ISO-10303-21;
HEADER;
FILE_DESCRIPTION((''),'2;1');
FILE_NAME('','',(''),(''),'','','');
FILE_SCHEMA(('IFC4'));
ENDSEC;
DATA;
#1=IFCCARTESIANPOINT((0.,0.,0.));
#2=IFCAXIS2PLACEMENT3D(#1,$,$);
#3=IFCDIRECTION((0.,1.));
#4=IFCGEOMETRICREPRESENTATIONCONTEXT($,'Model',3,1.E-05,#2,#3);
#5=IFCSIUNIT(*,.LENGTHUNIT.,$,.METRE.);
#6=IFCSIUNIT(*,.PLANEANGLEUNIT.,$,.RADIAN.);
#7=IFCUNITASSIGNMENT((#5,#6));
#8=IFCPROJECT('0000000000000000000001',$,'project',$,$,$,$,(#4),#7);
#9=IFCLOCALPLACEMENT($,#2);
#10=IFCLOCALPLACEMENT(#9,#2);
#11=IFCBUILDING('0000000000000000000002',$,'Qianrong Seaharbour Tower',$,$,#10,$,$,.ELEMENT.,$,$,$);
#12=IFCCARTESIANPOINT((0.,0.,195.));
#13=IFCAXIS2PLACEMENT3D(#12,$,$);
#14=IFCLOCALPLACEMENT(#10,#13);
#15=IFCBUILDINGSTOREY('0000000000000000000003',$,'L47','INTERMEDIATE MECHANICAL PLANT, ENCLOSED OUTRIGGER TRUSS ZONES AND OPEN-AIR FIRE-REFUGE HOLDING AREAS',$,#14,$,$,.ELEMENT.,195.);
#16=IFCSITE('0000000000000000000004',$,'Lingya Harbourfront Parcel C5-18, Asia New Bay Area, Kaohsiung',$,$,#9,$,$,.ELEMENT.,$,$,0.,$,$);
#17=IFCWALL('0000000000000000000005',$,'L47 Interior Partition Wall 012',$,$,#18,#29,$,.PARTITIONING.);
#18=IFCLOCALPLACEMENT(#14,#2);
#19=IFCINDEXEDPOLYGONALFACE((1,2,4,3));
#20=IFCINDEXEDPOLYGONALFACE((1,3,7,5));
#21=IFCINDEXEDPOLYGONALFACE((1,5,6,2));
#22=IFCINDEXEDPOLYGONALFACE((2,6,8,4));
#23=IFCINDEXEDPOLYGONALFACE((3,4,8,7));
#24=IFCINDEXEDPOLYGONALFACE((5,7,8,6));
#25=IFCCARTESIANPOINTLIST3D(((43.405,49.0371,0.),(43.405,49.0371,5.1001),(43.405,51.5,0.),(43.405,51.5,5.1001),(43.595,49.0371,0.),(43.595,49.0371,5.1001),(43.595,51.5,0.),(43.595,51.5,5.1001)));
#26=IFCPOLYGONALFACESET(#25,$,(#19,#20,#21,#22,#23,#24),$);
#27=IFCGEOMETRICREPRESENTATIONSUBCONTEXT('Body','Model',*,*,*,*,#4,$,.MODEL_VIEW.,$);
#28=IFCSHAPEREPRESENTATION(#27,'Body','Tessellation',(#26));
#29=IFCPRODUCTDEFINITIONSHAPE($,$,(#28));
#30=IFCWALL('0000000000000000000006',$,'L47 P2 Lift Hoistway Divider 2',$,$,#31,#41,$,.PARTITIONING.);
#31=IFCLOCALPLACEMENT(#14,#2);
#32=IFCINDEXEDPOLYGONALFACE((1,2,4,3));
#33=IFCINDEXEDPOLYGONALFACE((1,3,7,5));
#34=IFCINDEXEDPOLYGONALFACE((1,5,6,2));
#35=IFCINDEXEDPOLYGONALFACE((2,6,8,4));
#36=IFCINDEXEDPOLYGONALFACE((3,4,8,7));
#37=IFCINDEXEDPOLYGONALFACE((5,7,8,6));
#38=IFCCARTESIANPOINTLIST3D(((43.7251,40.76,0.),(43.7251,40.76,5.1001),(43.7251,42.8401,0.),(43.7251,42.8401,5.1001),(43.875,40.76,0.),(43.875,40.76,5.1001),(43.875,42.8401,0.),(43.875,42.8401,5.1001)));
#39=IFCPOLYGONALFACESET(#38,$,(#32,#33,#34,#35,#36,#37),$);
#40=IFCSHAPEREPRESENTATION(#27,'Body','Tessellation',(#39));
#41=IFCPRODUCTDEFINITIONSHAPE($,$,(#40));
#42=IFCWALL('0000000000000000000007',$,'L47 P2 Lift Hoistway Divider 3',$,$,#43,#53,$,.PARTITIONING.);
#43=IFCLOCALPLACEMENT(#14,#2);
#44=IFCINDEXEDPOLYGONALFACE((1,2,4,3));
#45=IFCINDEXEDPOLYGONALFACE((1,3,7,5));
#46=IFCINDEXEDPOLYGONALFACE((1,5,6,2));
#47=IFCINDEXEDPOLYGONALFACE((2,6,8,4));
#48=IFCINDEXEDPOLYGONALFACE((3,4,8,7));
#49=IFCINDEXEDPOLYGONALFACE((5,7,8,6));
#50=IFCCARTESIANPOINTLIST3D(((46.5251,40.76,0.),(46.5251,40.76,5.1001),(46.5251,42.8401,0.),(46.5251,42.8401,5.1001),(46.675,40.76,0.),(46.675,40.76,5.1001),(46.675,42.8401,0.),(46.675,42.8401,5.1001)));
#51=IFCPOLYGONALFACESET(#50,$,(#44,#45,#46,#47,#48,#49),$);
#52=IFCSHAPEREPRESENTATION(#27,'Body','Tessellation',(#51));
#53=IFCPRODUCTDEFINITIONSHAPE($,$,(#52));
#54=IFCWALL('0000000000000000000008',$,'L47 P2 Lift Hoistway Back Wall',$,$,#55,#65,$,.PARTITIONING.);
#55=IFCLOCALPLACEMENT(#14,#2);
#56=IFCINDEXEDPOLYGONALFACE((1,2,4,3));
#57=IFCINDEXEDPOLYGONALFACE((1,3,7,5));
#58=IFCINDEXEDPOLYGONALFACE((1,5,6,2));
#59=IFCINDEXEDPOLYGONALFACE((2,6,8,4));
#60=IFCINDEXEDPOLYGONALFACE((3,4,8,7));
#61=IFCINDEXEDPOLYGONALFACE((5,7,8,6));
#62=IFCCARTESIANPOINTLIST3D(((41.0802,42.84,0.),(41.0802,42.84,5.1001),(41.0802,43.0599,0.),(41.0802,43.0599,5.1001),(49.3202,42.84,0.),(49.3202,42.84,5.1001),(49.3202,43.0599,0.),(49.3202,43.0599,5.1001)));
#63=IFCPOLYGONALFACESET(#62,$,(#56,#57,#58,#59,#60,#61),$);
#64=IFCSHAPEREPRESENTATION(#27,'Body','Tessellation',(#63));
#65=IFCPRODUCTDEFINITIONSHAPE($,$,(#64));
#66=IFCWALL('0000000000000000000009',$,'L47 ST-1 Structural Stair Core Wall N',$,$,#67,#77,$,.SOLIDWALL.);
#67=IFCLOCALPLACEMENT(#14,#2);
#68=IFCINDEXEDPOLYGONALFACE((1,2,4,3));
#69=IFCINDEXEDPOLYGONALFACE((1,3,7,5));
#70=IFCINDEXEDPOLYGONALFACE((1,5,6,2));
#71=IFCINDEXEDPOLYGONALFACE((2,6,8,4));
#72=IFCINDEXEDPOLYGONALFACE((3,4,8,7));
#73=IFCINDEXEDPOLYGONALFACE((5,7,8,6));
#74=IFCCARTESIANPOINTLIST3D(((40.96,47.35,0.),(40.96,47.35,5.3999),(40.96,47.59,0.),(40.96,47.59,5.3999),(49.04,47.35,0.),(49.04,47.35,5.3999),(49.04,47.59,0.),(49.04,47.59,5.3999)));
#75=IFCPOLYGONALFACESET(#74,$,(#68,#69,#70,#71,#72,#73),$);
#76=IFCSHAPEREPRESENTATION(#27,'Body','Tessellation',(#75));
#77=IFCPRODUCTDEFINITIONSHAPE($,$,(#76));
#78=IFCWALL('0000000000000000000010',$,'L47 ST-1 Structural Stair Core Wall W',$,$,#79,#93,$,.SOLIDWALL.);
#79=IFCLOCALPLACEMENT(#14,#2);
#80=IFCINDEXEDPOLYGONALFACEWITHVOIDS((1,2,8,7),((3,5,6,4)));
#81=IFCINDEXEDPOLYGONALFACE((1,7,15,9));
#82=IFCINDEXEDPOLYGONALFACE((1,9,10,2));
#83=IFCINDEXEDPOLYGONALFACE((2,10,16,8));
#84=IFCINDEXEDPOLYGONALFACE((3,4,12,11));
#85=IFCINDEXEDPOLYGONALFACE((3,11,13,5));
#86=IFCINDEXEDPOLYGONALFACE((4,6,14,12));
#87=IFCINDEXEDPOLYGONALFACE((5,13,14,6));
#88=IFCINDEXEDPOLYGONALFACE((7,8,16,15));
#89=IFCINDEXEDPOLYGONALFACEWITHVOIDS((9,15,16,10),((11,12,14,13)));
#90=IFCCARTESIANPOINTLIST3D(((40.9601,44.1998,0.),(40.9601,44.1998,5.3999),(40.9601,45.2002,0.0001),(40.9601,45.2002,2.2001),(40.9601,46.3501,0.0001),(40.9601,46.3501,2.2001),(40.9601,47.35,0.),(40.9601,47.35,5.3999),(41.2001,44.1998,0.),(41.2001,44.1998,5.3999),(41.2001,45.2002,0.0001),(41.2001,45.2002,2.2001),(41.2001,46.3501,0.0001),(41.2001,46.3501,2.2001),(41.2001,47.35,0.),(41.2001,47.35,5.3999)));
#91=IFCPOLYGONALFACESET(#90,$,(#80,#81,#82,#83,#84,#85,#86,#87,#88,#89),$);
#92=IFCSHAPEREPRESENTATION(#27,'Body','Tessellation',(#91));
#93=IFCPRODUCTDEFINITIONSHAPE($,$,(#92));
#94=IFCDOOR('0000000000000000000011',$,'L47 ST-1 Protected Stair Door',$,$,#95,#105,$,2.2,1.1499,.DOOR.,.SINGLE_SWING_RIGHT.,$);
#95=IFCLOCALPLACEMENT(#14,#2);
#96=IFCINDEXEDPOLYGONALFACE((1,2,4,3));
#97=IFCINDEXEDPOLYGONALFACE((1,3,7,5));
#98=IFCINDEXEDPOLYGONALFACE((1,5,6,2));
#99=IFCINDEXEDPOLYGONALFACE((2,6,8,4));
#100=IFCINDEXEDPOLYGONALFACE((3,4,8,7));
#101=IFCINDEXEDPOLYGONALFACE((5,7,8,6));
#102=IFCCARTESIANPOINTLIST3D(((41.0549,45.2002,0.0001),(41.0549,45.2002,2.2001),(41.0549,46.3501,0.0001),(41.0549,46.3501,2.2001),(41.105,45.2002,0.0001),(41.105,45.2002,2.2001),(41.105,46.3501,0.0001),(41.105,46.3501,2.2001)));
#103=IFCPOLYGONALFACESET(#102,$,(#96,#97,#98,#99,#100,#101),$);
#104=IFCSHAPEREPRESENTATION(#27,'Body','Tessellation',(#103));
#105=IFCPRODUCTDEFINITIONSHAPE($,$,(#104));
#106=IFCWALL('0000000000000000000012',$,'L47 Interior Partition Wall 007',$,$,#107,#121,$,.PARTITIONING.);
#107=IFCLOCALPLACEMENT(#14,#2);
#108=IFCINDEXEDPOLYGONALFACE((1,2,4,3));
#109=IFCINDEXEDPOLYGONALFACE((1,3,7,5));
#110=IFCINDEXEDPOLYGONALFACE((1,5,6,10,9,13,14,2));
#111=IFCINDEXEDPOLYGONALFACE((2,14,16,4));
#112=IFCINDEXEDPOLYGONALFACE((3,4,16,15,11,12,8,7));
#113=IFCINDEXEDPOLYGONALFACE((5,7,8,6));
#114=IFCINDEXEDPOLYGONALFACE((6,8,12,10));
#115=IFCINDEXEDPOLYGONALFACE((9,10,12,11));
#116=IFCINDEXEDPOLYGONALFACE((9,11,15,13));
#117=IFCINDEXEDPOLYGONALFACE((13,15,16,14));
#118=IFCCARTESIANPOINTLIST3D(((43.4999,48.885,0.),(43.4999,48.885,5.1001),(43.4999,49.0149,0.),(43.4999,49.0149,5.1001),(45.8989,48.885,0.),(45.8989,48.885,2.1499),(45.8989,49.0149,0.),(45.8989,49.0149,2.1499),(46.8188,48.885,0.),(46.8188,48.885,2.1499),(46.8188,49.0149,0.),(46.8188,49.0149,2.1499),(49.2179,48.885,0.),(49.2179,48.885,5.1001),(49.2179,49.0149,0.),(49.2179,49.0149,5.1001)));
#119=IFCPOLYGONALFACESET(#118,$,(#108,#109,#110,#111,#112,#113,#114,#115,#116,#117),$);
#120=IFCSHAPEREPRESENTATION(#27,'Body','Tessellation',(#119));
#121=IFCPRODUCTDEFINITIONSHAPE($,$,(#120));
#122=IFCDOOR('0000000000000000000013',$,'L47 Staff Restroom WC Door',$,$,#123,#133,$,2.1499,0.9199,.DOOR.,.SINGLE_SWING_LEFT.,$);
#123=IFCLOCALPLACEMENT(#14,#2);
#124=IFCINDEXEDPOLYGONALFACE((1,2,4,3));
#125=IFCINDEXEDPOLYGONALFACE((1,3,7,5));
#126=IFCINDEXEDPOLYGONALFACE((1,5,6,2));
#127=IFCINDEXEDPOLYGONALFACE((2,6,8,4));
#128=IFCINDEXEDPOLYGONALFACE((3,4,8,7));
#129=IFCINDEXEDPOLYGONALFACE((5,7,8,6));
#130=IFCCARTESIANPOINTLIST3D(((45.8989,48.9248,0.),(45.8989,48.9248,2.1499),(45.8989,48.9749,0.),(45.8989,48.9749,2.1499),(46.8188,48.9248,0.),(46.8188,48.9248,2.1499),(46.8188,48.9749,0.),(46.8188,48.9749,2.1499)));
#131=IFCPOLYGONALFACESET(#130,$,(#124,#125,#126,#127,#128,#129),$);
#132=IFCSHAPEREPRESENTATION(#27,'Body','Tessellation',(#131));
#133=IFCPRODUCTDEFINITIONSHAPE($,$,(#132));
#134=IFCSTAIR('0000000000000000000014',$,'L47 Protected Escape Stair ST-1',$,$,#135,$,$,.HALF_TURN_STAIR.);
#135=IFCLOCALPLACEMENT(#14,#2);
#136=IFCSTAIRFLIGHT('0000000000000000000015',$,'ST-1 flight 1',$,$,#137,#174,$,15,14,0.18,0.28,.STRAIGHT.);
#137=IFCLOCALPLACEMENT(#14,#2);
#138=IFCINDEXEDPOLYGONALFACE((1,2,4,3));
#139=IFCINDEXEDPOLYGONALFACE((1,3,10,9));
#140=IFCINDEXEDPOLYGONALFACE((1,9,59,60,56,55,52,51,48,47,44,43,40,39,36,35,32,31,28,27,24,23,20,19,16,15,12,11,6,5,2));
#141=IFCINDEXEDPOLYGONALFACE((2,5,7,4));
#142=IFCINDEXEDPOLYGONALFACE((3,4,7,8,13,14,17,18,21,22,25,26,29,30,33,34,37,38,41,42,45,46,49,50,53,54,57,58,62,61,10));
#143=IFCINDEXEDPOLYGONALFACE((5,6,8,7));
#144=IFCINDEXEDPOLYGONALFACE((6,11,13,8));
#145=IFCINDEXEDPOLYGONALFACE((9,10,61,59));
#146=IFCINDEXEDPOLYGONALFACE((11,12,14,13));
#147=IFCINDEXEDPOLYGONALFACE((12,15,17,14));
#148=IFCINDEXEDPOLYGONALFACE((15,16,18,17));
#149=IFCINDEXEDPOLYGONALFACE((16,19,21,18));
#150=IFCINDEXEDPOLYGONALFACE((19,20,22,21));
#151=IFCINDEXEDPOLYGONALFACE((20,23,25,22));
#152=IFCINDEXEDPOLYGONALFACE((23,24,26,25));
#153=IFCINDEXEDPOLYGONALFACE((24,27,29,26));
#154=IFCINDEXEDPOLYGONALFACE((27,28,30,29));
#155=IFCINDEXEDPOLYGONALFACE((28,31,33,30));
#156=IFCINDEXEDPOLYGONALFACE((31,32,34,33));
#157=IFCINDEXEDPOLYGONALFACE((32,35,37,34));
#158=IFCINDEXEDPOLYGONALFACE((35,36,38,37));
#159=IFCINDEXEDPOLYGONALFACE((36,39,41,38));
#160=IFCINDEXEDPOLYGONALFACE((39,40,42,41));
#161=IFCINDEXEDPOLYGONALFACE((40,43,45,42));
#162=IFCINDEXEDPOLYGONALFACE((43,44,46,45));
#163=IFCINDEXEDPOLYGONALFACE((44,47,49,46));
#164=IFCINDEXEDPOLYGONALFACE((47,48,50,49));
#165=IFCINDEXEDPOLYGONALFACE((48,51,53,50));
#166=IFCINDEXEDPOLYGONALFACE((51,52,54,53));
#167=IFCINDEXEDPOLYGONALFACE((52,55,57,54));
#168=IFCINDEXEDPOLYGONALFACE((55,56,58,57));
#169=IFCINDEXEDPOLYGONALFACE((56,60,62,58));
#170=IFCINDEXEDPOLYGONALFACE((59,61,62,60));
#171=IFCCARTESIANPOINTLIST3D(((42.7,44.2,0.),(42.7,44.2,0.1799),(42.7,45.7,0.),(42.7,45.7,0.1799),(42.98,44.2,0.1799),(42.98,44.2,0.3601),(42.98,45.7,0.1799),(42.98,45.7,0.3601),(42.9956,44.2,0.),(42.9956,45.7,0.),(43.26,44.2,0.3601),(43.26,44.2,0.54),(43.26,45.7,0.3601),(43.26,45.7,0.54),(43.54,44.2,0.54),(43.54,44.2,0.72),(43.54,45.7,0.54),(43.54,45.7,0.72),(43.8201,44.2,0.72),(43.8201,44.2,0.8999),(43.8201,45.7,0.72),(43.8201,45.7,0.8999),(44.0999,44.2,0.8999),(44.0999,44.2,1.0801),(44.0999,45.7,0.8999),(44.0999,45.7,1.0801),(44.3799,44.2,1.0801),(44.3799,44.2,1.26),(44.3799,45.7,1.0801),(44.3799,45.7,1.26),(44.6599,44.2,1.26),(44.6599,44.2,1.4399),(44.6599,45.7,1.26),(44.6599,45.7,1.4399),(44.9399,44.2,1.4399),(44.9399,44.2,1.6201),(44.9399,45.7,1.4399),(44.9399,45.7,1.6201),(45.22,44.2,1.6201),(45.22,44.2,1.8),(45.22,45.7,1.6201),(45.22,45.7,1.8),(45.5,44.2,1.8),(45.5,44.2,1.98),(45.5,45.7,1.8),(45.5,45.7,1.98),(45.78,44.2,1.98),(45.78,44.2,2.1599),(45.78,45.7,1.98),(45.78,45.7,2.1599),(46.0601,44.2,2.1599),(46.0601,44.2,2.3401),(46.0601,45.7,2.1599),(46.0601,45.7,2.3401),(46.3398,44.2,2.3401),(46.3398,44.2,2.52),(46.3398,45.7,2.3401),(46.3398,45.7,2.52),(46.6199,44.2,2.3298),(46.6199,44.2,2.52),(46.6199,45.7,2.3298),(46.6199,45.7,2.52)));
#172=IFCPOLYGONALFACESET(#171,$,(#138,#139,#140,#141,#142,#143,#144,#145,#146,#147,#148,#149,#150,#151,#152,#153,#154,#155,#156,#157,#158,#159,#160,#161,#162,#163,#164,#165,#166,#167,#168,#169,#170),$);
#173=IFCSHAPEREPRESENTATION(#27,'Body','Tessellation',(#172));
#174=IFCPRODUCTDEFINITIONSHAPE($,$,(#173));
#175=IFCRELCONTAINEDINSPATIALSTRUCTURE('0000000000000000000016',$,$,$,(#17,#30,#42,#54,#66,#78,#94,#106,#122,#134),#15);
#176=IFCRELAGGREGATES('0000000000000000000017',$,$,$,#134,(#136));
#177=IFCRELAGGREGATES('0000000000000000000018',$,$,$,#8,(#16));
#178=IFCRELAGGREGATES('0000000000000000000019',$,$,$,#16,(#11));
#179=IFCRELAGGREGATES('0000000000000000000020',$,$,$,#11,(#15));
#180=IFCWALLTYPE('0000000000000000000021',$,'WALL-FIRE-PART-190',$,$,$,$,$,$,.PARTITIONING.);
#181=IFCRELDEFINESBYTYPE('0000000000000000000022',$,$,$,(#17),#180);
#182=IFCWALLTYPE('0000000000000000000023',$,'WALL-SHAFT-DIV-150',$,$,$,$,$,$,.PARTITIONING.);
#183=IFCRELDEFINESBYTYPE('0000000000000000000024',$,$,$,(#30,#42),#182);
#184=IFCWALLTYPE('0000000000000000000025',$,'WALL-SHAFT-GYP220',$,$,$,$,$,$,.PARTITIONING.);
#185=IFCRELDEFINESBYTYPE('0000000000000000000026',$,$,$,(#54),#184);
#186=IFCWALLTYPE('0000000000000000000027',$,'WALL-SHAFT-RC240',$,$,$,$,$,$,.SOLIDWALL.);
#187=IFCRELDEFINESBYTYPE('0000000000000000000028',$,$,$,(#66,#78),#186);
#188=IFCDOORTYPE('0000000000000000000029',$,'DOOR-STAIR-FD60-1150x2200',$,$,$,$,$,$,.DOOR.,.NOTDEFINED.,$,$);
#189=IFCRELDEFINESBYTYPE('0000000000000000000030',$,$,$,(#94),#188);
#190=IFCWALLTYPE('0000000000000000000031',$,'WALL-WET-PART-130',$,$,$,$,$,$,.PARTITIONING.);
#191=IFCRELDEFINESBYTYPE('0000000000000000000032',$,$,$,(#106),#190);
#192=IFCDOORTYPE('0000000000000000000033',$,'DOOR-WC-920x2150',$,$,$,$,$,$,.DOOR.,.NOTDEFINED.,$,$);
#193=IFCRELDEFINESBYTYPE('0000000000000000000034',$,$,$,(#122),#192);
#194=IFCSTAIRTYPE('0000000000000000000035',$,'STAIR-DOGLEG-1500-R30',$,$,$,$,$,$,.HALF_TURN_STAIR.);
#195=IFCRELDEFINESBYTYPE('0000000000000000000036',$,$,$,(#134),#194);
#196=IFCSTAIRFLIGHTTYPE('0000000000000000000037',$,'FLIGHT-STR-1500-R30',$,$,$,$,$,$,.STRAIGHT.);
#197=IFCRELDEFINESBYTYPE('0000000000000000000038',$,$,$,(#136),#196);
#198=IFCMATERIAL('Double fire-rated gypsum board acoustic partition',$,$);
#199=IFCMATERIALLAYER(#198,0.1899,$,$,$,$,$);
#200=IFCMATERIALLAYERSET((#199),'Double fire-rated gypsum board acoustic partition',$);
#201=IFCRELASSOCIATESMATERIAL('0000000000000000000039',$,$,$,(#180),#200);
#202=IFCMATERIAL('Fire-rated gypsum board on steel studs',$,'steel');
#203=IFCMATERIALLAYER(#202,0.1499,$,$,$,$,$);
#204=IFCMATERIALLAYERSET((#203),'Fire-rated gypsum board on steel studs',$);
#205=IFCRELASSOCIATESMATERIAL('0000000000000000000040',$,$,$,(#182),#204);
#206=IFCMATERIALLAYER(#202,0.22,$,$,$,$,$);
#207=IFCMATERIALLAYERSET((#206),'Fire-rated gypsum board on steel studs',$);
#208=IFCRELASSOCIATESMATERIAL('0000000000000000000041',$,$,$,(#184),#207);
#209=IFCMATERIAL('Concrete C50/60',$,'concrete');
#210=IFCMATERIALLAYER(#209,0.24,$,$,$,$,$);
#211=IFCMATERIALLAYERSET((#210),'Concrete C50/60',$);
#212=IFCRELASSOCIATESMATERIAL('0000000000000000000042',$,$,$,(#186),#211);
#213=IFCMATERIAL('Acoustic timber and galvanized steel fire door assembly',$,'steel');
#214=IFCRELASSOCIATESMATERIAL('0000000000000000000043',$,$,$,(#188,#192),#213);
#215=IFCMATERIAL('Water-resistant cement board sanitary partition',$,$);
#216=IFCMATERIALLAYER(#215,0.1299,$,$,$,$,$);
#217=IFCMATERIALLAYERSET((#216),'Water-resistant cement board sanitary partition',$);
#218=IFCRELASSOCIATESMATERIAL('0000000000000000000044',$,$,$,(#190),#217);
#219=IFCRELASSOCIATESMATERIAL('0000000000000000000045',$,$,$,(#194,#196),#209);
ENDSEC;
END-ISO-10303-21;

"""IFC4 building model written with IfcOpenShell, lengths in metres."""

from ifc_helpers import new_model, si_unit, direction, frame, frame_2d, origin, place, context, subcontext, project, spatial, polyline, rectangle, outline, extrude, material, layer, layer_set, type_object, element, fill, aggregate, save


model = new_model("IFC4")

# Units and contexts
model_context = context("Model", 3, precision=1e-05, world=origin(), true_north=direction((0.0, 1.0)))
body_context = subcontext(model_context, "Body", "Model", "MODEL_VIEW")
ifc_project = project(units=[si_unit("LENGTHUNIT", "METRE"), si_unit("PLANEANGLEUNIT", "RADIAN")], contexts=[model_context])

# Site, building, storey
site_placement = place(None, origin())
site = spatial("IfcSite", under=ifc_project, at=site_placement, Name="Lingya Harbourfront Parcel C5-18, Asia New Bay Area, Kaohsiung", CompositionType="ELEMENT", RefElevation=0.0)
building_placement = place(site_placement, origin())
building = spatial("IfcBuilding", under=site, at=building_placement, Name="Qianrong Seaharbour Tower", CompositionType="ELEMENT")
storey_placement = place(building_placement, frame((0.0, 0.0, 195.0)))
storey = spatial("IfcBuildingStorey", under=building, at=storey_placement, Name="L47", Description="INTERMEDIATE MECHANICAL PLANT, ENCLOSED OUTRIGGER TRUSS ZONES AND OPEN-AIR FIRE-REFUGE HOLDING AREAS", CompositionType="ELEMENT", Elevation=195.0)

# Shared definitions
ifc_material_1 = material(Name="Double fire-rated gypsum board acoustic partition")
ifc_layer_1 = layer(ifc_material_1, 0.1899)
ifc_layer_set_1 = layer_set([ifc_layer_1], Name="Double fire-rated gypsum board acoustic partition")
wall_type_1 = type_object("IfcWallType", Name="WALL-FIRE-PART-190", PredefinedType="PARTITIONING", material=ifc_layer_set_1)
ifc_material_2 = material(Name="Acoustic timber and galvanized steel fire door assembly", Category="steel")

# Walls
wall_1_placement = place(storey_placement, frame((43.5, 51.5, 0.0), z_axis=(0.0, 0.0, 1.0), x_axis=(0.0, -1.0, 0.0)))
element("IfcWall", 1, at=wall_1_placement, inside=storey, type_object=wall_type_1, Name="L47 Interior Partition Wall 012", PredefinedType="PARTITIONING", context=body_context, shape_type="SweptSolid", body=[
    extrude(rectangle(XDim=2.4629, YDim=0.1899, at=frame_2d((1.2314, 0.0))), origin(), (0.0, 0.0, 1.0), 5.1001),
])
ifc_material_3 = material(Name="Fire-rated gypsum board on steel studs", Category="steel")
ifc_layer_2 = layer(ifc_material_3, 0.1499)
ifc_layer_set_2 = layer_set([ifc_layer_2], Name="Fire-rated gypsum board on steel studs")
wall_type_2 = type_object("IfcWallType", Name="WALL-SHAFT-DIV-150", PredefinedType="PARTITIONING", material=ifc_layer_set_2)
for number, where, z_axis, x_axis, name in (
    (2, (43.8, 40.76, 0.0), (0.0, 0.0, 1.0), (0.0, 1.0, 0.0), "L47 P2 Lift Hoistway Divider 2"),
    (3, (46.6001, 40.76, 0.0), (0.0, 0.0, 1.0), (0.0, 1.0, 0.0), "L47 P2 Lift Hoistway Divider 3"),
):
    element("IfcWall", number, at=place(storey_placement, frame(where, z_axis=z_axis, x_axis=x_axis)), inside=storey, type_object=wall_type_2, Name=name, PredefinedType="PARTITIONING", context=body_context, shape_type="SweptSolid", body=[
        extrude(rectangle(XDim=2.0801, YDim=0.1499, at=frame_2d((1.04, 0.0))), origin(), (0.0, 0.0, 1.0), 5.1001),
    ])
ifc_layer_3 = layer(ifc_material_3, 0.22)
ifc_layer_set_3 = layer_set([ifc_layer_3], Name="Fire-rated gypsum board on steel studs")
wall_type_3 = type_object("IfcWallType", Name="WALL-SHAFT-GYP220", PredefinedType="PARTITIONING", material=ifc_layer_set_3)
wall_2_placement = place(storey_placement, frame((41.0801, 42.95, 0.0), z_axis=(0.0, 0.0, 1.0), x_axis=(1.0, 0.0, 0.0)))
element("IfcWall", 4, at=wall_2_placement, inside=storey, type_object=wall_type_3, Name="L47 P2 Lift Hoistway Back Wall", PredefinedType="PARTITIONING", context=body_context, shape_type="SweptSolid", body=[
    extrude(rectangle(XDim=8.24, YDim=0.22, at=frame_2d((4.1201, 0.0))), origin(), (0.0, 0.0, 1.0), 5.1001),
])
ifc_material_4 = material(Name="Concrete C50/60", Category="concrete")
ifc_layer_4 = layer(ifc_material_4, 0.24)
ifc_layer_set_4 = layer_set([ifc_layer_4], Name="Concrete C50/60")
wall_type_4 = type_object("IfcWallType", Name="WALL-SHAFT-RC240", PredefinedType="SOLIDWALL", material=ifc_layer_set_4)
wall_3_placement = place(storey_placement, frame((40.96, 47.47, 0.0), z_axis=(0.0, 0.0, 1.0), x_axis=(1.0, 0.0, 0.0)))
element("IfcWall", 5, at=wall_3_placement, inside=storey, type_object=wall_type_4, Name="L47 ST-1 Structural Stair Core Wall N", PredefinedType="SOLIDWALL", context=body_context, shape_type="SweptSolid", body=[
    extrude(rectangle(XDim=8.0801, YDim=0.24, at=frame_2d((4.04, 0.0))), origin(), (0.0, 0.0, 1.0), 5.3999),
])

# Walls, openings, doors
wall_4_placement = place(storey_placement, frame((41.0801, 47.3501, 0.0), z_axis=(0.0, 0.0, 1.0), x_axis=(0.0, -1.0, 0.0)))
wall_4 = element("IfcWall", 6, at=wall_4_placement, inside=storey, type_object=wall_type_4, Name="L47 ST-1 Structural Stair Core Wall W", PredefinedType="SOLIDWALL", context=body_context, shape_type="SweptSolid", body=[
    extrude(rectangle(XDim=3.1501, YDim=0.24, at=frame_2d((1.5752, 0.0))), origin(), (0.0, 0.0, 1.0), 5.3999),
])
opening_1_placement = place(wall_4_placement, frame((1.0, 0.0, 0.0)))
opening_1 = element("IfcOpeningElement", 7, at=opening_1_placement, cuts=wall_4, PredefinedType="OPENING", context=body_context, shape_type="SweptSolid", body=[
    extrude(rectangle(XDim=1.1499, YDim=2.2, at=frame_2d((0.575, 1.1001))), frame((0.0, 0.1299, 0.0), z_axis=(0.0, -1.0, 0.0), x_axis=(1.0, 0.0, 0.0)), (0.0, 0.0, 1.0), 0.26),
])
door_type_1 = type_object("IfcDoorType", Name="DOOR-STAIR-FD60-1150x2200", OperationType="NOTDEFINED", PredefinedType="DOOR", material=ifc_material_2)
door_1_placement = place(opening_1_placement, origin())
door_1 = element("IfcDoor", 8, at=door_1_placement, inside=storey, type_object=door_type_1, Name="L47 ST-1 Protected Stair Door", OperationType="SINGLE_SWING_RIGHT", OverallHeight=2.2, OverallWidth=1.1499, PredefinedType="DOOR", context=body_context, shape_type="SweptSolid", body=[
    extrude(rectangle(XDim=1.1499, YDim=2.2, at=frame_2d((0.575, 1.1001))), frame((0.0, 0.0249, 0.0), z_axis=(0.0, -1.0, 0.0), x_axis=(1.0, 0.0, 0.0)), (0.0, 0.0, 1.0), 0.05),
])
fill(opening_1, door_1)
ifc_material_5 = material(Name="Water-resistant cement board sanitary partition")
ifc_layer_5 = layer(ifc_material_5, 0.1299)
ifc_layer_set_5 = layer_set([ifc_layer_5], Name="Water-resistant cement board sanitary partition")
wall_type_5 = type_object("IfcWallType", Name="WALL-WET-PART-130", PredefinedType="PARTITIONING", material=ifc_layer_set_5)
wall_5_placement = place(storey_placement, frame((43.5, 48.95, 0.0), z_axis=(0.0, 0.0, 1.0), x_axis=(1.0, 0.0, 0.0)))
wall_5 = element("IfcWall", 9, at=wall_5_placement, inside=storey, type_object=wall_type_5, Name="L47 Interior Partition Wall 007", PredefinedType="PARTITIONING", context=body_context, shape_type="SweptSolid", body=[
    extrude(rectangle(XDim=5.718, YDim=0.1299, at=frame_2d((2.8589, 0.0))), origin(), (0.0, 0.0, 1.0), 5.1001),
])
opening_2_placement = place(wall_5_placement, frame((2.3989, 0.0, 0.0)))
opening_2 = element("IfcOpeningElement", 10, at=opening_2_placement, cuts=wall_5, PredefinedType="OPENING", context=body_context, shape_type="SweptSolid", body=[
    extrude(rectangle(XDim=0.9199, YDim=2.1499, at=frame_2d((0.46, 1.075))), frame((0.0, 0.075, 0.0), z_axis=(0.0, -1.0, 0.0), x_axis=(1.0, 0.0, 0.0)), (0.0, 0.0, 1.0), 0.1499),
])
door_type_2 = type_object("IfcDoorType", Name="DOOR-WC-920x2150", OperationType="NOTDEFINED", PredefinedType="DOOR", material=ifc_material_2)
door_2_placement = place(opening_2_placement, origin())
door_2 = element("IfcDoor", 11, at=door_2_placement, inside=storey, type_object=door_type_2, Name="L47 Staff Restroom WC Door", OperationType="SINGLE_SWING_LEFT", OverallHeight=2.1499, OverallWidth=0.9199, PredefinedType="DOOR", context=body_context, shape_type="SweptSolid", body=[
    extrude(rectangle(XDim=0.9199, YDim=2.1499, at=frame_2d((0.46, 1.075))), frame((0.0, 0.0249, 0.0), z_axis=(0.0, -1.0, 0.0), x_axis=(1.0, 0.0, 0.0)), (0.0, 0.0, 1.0), 0.05),
])
fill(opening_2, door_2)

# Stair, stair flight
stair_type = type_object("IfcStairType", Name="STAIR-DOGLEG-1500-R30", PredefinedType="HALF_TURN_STAIR", material=ifc_material_4)
stair_placement = place(storey_placement, origin())
stair = element("IfcStair", 12, at=stair_placement, inside=storey, type_object=stair_type, Name="L47 Protected Escape Stair ST-1", PredefinedType="HALF_TURN_STAIR")
stair_flight_type = type_object("IfcStairFlightType", Name="FLIGHT-STR-1500-R30", PredefinedType="STRAIGHT", material=ifc_material_4)
stair_flight_1_placement = place(storey_placement, frame((42.7, 44.95, 0.0), z_axis=(0.0, 0.0, 1.0), x_axis=(1.0, 0.0, 0.0)))
stair_flight_1 = element("IfcStairFlight", 13, at=stair_flight_1_placement, type_object=stair_flight_type, Name="ST-1 flight 1", NumberOfRisers=15, NumberOfTreads=14, PredefinedType="STRAIGHT", RiserHeight=0.18, TreadLength=0.28, context=body_context, shape_type="SweptSolid", body=[
    extrude(outline(polyline([(0.0, 0.0), (0.0, 0.1799), (0.28, 0.1799), (0.28, 0.3601), (0.5601, 0.3601), (0.5601, 0.54), (0.8401, 0.54), (0.8401, 0.72), (1.1201, 0.72), (1.1201, 0.8999), (1.3999, 0.8999), (1.3999, 1.0801), (1.6799, 1.0801), (1.6799, 1.26), (1.96, 1.26), (1.96, 1.4399), (2.24, 1.4399), (2.24, 1.6201), (2.52, 1.6201), (2.52, 1.8), (2.8, 1.8), (2.8, 1.98), (3.0801, 1.98), (3.0801, 2.1599), (3.3601, 2.1599), (3.3601, 2.3401), (3.6399, 2.3401), (3.6399, 2.52), (3.9199, 2.52), (3.9199, 2.7), (3.9199, 2.3298), (0.2957, 0.0), (0.0, 0.0)])), frame((0.0, 0.75, 0.0), z_axis=(0.0, -1.0, 0.0), x_axis=(1.0, 0.0, 0.0)), (0.0, 0.0, 1.0), 1.5),
])
aggregate(stair, [stair_flight_1])

save(model, "model.ifc")
